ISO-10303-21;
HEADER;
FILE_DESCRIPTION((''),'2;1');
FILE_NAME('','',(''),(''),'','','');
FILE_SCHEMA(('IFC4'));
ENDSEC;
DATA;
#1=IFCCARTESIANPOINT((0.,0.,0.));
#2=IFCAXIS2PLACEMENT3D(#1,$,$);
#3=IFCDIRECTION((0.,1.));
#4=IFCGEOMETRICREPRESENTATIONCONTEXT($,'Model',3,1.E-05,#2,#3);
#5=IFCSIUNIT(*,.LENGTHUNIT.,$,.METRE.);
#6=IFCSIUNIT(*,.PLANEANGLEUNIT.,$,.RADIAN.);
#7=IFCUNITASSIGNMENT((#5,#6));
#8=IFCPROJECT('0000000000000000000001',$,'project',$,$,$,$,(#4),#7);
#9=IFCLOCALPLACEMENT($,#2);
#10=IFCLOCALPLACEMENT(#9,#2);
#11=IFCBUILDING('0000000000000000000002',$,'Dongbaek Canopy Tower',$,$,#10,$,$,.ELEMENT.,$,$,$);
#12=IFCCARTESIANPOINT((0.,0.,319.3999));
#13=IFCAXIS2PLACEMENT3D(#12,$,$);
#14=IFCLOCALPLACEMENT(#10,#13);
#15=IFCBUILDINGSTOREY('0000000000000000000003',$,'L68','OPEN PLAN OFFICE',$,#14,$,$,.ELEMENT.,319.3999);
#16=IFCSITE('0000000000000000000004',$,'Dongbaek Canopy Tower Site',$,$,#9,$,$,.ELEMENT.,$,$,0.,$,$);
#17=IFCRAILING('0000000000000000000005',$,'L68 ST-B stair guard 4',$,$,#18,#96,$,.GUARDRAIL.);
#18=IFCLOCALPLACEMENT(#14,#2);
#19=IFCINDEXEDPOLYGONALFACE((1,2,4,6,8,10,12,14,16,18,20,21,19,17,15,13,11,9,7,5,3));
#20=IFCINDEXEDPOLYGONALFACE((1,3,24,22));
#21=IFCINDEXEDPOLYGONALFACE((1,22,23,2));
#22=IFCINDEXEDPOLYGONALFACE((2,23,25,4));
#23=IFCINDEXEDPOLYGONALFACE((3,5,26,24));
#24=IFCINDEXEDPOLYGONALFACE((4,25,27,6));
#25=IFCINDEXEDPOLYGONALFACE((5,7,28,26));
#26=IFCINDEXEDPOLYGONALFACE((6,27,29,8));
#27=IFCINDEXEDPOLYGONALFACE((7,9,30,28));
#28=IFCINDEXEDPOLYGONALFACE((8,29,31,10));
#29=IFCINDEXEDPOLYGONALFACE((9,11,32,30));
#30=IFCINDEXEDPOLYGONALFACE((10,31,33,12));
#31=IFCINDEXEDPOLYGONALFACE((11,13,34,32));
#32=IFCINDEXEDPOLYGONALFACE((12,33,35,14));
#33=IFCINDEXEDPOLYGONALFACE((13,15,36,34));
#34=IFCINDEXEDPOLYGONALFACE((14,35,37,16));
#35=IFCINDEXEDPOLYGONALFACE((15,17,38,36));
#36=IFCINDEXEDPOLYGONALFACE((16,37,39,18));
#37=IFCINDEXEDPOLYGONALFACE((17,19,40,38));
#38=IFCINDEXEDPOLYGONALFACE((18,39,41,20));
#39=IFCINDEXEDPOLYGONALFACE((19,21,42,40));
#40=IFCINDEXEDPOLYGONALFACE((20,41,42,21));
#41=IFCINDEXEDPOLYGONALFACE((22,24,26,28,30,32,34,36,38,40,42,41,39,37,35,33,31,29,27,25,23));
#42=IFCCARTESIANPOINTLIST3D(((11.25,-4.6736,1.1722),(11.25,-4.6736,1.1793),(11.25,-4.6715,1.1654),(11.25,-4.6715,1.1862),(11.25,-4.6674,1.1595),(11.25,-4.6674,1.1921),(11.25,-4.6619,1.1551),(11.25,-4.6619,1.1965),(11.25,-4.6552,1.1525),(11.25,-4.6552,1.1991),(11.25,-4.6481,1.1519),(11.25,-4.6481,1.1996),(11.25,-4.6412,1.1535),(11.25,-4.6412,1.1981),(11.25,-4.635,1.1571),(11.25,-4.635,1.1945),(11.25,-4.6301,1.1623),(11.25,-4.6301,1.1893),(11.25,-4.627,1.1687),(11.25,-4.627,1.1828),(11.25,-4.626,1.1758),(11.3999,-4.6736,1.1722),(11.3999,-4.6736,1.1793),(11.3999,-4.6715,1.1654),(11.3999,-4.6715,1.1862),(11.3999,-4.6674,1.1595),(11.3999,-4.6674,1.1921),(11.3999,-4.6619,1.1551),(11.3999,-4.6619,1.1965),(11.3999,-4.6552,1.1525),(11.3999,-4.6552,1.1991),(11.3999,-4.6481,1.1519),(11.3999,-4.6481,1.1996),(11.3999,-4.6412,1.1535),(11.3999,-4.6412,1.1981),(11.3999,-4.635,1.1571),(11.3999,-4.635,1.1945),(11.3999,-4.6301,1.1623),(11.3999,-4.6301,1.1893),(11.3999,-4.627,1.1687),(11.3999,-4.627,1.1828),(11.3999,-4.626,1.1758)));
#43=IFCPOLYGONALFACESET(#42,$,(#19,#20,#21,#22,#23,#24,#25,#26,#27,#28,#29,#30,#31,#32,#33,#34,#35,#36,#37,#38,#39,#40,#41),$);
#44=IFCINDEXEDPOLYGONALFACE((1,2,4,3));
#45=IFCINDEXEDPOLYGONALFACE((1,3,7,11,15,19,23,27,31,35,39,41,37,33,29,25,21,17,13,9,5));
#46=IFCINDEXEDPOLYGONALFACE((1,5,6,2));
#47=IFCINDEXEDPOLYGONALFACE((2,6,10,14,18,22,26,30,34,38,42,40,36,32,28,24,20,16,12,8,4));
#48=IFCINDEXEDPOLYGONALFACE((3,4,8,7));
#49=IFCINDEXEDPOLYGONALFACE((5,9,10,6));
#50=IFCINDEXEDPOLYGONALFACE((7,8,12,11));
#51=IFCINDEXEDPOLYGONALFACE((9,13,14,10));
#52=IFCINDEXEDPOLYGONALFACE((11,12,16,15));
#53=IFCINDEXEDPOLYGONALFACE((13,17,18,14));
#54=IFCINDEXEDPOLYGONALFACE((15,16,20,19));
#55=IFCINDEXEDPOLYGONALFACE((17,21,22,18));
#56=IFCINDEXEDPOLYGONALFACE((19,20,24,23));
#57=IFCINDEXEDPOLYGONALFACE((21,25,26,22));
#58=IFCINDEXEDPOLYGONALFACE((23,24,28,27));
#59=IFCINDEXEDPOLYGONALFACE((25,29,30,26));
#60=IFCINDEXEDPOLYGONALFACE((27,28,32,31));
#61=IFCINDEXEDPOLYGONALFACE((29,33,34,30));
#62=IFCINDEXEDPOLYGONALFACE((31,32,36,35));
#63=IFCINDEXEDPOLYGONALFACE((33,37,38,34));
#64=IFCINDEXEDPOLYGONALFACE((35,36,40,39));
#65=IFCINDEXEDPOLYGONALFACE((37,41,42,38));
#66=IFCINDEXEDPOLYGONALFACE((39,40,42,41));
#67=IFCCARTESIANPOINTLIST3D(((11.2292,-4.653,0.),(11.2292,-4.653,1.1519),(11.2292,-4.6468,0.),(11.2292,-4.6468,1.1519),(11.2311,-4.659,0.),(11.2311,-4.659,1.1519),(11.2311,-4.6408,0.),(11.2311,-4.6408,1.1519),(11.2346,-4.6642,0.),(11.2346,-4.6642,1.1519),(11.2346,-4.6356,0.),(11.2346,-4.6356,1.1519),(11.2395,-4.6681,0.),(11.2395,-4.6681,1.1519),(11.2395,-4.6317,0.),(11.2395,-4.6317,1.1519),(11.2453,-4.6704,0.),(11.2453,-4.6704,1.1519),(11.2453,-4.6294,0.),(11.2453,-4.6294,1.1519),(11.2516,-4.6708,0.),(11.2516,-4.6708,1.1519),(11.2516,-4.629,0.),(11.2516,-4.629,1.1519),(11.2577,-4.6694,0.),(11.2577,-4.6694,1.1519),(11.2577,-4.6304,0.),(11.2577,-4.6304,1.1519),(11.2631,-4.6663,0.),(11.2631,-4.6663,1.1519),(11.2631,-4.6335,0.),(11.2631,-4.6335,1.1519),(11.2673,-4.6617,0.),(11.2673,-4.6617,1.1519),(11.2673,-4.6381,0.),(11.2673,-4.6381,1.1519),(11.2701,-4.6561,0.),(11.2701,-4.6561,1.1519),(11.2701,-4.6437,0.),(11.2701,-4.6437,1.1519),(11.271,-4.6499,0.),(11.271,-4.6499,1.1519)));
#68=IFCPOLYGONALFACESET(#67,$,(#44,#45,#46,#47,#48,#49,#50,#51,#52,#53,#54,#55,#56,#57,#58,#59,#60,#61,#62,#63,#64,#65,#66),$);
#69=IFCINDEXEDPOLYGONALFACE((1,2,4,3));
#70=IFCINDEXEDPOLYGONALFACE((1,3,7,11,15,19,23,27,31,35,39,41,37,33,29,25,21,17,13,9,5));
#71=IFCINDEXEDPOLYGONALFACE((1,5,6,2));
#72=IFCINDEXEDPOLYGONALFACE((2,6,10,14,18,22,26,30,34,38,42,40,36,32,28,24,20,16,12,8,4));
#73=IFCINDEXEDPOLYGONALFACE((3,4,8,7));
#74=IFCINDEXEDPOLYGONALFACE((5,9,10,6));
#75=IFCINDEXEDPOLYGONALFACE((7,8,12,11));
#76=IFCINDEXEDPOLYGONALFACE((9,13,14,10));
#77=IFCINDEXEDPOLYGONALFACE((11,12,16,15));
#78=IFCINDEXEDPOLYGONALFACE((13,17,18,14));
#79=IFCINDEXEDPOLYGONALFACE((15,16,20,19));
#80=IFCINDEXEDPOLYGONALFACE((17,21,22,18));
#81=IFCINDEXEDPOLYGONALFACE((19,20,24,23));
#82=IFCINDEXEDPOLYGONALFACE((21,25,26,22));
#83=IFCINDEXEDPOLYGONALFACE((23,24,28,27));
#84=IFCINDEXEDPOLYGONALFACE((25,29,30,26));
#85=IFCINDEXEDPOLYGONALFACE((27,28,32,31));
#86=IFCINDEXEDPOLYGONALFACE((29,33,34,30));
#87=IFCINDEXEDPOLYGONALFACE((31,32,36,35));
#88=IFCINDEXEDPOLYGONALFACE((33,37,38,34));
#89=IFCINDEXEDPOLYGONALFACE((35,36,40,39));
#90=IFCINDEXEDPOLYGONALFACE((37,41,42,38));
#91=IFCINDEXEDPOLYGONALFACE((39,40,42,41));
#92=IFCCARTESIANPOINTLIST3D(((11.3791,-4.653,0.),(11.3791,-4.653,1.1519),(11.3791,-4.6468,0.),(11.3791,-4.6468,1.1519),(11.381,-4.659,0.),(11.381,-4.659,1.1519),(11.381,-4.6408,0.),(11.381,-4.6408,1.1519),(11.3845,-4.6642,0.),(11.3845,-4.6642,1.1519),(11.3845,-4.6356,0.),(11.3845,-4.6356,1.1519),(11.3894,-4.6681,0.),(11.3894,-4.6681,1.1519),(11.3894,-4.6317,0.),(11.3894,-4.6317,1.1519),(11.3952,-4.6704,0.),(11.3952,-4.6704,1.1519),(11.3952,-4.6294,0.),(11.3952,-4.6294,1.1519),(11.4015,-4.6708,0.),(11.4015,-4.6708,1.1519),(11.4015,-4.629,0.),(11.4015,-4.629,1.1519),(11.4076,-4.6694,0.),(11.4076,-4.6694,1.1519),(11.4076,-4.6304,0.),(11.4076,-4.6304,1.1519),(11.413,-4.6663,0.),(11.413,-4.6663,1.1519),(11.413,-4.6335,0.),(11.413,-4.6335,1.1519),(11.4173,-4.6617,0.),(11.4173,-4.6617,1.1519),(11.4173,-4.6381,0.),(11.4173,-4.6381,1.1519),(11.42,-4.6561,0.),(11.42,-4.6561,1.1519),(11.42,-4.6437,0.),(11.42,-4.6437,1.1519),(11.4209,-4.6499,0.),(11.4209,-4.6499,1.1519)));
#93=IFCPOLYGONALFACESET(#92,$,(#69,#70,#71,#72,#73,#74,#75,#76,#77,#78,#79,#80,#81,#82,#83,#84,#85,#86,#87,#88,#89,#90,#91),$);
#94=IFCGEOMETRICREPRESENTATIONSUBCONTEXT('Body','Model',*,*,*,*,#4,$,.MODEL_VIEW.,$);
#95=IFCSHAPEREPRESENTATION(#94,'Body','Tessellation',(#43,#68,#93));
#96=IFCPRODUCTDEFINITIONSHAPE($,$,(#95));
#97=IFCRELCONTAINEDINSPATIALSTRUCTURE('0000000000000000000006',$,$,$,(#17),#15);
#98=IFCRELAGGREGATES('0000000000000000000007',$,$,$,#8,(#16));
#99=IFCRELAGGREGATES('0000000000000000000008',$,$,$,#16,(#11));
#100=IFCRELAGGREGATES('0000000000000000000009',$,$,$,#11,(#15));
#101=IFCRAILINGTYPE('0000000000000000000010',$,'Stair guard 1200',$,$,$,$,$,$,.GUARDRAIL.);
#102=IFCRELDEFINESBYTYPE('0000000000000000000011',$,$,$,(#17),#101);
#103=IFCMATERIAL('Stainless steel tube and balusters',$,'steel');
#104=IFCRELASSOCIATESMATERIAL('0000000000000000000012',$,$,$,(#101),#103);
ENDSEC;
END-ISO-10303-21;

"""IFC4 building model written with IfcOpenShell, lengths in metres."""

from ifc_helpers import new_model, si_unit, direction, frame, origin, origin_2d, place, context, subcontext, project, spatial, circle, extrude, material, type_object, element, save


model = new_model("IFC4")

# Units and contexts
model_context = context("Model", 3, precision=1e-05, world=origin(), true_north=direction((0.0, 1.0)))
body_context = subcontext(model_context, "Body", "Model", "MODEL_VIEW")
ifc_project = project(units=[si_unit("LENGTHUNIT", "METRE"), si_unit("PLANEANGLEUNIT", "RADIAN")], contexts=[model_context])

# Site, building, storey
site_placement = place(None, origin())
site = spatial("IfcSite", under=ifc_project, at=site_placement, Name="Dongbaek Canopy Tower Site", CompositionType="ELEMENT", RefElevation=0.0)
building_placement = place(site_placement, origin())
building = spatial("IfcBuilding", under=site, at=building_placement, Name="Dongbaek Canopy Tower", CompositionType="ELEMENT")
storey_placement = place(building_placement, frame((0.0, 0.0, 319.3999)))
storey = spatial("IfcBuildingStorey", under=building, at=storey_placement, Name="L68", Description="OPEN PLAN OFFICE", CompositionType="ELEMENT", Elevation=319.3999)

# Railing
ifc_material_1 = material(Name="Stainless steel tube and balusters", Category="steel")
railing_type_1 = type_object("IfcRailingType", Name="Stair guard 1200", PredefinedType="GUARDRAIL", material=ifc_material_1)
railing_1_placement = place(storey_placement, frame((11.25, -4.6499, 0.0)))
element("IfcRailing", 1, at=railing_1_placement, inside=storey, type_object=railing_type_1, Name="L68 ST-B stair guard 4", PredefinedType="GUARDRAIL", context=body_context, shape_type="SweptSolid", body=[
    extrude(circle(Radius=0.0239, at=origin_2d()), frame((0.0, 0.0, 1.1758), z_axis=(1.0, 0.0, 0.0), x_axis=(0.0, 1.0, 0.0)), (0.0, 0.0, 1.0), 0.1499),
    extrude(circle(Radius=0.021, at=origin_2d()), origin(), (0.0, 0.0, 1.0), 1.1519),
    extrude(circle(Radius=0.021, at=origin_2d()), frame((0.1499, 0.0, 0.0)), (0.0, 0.0, 1.0), 1.1519),
])

save(model, "model.ifc")
